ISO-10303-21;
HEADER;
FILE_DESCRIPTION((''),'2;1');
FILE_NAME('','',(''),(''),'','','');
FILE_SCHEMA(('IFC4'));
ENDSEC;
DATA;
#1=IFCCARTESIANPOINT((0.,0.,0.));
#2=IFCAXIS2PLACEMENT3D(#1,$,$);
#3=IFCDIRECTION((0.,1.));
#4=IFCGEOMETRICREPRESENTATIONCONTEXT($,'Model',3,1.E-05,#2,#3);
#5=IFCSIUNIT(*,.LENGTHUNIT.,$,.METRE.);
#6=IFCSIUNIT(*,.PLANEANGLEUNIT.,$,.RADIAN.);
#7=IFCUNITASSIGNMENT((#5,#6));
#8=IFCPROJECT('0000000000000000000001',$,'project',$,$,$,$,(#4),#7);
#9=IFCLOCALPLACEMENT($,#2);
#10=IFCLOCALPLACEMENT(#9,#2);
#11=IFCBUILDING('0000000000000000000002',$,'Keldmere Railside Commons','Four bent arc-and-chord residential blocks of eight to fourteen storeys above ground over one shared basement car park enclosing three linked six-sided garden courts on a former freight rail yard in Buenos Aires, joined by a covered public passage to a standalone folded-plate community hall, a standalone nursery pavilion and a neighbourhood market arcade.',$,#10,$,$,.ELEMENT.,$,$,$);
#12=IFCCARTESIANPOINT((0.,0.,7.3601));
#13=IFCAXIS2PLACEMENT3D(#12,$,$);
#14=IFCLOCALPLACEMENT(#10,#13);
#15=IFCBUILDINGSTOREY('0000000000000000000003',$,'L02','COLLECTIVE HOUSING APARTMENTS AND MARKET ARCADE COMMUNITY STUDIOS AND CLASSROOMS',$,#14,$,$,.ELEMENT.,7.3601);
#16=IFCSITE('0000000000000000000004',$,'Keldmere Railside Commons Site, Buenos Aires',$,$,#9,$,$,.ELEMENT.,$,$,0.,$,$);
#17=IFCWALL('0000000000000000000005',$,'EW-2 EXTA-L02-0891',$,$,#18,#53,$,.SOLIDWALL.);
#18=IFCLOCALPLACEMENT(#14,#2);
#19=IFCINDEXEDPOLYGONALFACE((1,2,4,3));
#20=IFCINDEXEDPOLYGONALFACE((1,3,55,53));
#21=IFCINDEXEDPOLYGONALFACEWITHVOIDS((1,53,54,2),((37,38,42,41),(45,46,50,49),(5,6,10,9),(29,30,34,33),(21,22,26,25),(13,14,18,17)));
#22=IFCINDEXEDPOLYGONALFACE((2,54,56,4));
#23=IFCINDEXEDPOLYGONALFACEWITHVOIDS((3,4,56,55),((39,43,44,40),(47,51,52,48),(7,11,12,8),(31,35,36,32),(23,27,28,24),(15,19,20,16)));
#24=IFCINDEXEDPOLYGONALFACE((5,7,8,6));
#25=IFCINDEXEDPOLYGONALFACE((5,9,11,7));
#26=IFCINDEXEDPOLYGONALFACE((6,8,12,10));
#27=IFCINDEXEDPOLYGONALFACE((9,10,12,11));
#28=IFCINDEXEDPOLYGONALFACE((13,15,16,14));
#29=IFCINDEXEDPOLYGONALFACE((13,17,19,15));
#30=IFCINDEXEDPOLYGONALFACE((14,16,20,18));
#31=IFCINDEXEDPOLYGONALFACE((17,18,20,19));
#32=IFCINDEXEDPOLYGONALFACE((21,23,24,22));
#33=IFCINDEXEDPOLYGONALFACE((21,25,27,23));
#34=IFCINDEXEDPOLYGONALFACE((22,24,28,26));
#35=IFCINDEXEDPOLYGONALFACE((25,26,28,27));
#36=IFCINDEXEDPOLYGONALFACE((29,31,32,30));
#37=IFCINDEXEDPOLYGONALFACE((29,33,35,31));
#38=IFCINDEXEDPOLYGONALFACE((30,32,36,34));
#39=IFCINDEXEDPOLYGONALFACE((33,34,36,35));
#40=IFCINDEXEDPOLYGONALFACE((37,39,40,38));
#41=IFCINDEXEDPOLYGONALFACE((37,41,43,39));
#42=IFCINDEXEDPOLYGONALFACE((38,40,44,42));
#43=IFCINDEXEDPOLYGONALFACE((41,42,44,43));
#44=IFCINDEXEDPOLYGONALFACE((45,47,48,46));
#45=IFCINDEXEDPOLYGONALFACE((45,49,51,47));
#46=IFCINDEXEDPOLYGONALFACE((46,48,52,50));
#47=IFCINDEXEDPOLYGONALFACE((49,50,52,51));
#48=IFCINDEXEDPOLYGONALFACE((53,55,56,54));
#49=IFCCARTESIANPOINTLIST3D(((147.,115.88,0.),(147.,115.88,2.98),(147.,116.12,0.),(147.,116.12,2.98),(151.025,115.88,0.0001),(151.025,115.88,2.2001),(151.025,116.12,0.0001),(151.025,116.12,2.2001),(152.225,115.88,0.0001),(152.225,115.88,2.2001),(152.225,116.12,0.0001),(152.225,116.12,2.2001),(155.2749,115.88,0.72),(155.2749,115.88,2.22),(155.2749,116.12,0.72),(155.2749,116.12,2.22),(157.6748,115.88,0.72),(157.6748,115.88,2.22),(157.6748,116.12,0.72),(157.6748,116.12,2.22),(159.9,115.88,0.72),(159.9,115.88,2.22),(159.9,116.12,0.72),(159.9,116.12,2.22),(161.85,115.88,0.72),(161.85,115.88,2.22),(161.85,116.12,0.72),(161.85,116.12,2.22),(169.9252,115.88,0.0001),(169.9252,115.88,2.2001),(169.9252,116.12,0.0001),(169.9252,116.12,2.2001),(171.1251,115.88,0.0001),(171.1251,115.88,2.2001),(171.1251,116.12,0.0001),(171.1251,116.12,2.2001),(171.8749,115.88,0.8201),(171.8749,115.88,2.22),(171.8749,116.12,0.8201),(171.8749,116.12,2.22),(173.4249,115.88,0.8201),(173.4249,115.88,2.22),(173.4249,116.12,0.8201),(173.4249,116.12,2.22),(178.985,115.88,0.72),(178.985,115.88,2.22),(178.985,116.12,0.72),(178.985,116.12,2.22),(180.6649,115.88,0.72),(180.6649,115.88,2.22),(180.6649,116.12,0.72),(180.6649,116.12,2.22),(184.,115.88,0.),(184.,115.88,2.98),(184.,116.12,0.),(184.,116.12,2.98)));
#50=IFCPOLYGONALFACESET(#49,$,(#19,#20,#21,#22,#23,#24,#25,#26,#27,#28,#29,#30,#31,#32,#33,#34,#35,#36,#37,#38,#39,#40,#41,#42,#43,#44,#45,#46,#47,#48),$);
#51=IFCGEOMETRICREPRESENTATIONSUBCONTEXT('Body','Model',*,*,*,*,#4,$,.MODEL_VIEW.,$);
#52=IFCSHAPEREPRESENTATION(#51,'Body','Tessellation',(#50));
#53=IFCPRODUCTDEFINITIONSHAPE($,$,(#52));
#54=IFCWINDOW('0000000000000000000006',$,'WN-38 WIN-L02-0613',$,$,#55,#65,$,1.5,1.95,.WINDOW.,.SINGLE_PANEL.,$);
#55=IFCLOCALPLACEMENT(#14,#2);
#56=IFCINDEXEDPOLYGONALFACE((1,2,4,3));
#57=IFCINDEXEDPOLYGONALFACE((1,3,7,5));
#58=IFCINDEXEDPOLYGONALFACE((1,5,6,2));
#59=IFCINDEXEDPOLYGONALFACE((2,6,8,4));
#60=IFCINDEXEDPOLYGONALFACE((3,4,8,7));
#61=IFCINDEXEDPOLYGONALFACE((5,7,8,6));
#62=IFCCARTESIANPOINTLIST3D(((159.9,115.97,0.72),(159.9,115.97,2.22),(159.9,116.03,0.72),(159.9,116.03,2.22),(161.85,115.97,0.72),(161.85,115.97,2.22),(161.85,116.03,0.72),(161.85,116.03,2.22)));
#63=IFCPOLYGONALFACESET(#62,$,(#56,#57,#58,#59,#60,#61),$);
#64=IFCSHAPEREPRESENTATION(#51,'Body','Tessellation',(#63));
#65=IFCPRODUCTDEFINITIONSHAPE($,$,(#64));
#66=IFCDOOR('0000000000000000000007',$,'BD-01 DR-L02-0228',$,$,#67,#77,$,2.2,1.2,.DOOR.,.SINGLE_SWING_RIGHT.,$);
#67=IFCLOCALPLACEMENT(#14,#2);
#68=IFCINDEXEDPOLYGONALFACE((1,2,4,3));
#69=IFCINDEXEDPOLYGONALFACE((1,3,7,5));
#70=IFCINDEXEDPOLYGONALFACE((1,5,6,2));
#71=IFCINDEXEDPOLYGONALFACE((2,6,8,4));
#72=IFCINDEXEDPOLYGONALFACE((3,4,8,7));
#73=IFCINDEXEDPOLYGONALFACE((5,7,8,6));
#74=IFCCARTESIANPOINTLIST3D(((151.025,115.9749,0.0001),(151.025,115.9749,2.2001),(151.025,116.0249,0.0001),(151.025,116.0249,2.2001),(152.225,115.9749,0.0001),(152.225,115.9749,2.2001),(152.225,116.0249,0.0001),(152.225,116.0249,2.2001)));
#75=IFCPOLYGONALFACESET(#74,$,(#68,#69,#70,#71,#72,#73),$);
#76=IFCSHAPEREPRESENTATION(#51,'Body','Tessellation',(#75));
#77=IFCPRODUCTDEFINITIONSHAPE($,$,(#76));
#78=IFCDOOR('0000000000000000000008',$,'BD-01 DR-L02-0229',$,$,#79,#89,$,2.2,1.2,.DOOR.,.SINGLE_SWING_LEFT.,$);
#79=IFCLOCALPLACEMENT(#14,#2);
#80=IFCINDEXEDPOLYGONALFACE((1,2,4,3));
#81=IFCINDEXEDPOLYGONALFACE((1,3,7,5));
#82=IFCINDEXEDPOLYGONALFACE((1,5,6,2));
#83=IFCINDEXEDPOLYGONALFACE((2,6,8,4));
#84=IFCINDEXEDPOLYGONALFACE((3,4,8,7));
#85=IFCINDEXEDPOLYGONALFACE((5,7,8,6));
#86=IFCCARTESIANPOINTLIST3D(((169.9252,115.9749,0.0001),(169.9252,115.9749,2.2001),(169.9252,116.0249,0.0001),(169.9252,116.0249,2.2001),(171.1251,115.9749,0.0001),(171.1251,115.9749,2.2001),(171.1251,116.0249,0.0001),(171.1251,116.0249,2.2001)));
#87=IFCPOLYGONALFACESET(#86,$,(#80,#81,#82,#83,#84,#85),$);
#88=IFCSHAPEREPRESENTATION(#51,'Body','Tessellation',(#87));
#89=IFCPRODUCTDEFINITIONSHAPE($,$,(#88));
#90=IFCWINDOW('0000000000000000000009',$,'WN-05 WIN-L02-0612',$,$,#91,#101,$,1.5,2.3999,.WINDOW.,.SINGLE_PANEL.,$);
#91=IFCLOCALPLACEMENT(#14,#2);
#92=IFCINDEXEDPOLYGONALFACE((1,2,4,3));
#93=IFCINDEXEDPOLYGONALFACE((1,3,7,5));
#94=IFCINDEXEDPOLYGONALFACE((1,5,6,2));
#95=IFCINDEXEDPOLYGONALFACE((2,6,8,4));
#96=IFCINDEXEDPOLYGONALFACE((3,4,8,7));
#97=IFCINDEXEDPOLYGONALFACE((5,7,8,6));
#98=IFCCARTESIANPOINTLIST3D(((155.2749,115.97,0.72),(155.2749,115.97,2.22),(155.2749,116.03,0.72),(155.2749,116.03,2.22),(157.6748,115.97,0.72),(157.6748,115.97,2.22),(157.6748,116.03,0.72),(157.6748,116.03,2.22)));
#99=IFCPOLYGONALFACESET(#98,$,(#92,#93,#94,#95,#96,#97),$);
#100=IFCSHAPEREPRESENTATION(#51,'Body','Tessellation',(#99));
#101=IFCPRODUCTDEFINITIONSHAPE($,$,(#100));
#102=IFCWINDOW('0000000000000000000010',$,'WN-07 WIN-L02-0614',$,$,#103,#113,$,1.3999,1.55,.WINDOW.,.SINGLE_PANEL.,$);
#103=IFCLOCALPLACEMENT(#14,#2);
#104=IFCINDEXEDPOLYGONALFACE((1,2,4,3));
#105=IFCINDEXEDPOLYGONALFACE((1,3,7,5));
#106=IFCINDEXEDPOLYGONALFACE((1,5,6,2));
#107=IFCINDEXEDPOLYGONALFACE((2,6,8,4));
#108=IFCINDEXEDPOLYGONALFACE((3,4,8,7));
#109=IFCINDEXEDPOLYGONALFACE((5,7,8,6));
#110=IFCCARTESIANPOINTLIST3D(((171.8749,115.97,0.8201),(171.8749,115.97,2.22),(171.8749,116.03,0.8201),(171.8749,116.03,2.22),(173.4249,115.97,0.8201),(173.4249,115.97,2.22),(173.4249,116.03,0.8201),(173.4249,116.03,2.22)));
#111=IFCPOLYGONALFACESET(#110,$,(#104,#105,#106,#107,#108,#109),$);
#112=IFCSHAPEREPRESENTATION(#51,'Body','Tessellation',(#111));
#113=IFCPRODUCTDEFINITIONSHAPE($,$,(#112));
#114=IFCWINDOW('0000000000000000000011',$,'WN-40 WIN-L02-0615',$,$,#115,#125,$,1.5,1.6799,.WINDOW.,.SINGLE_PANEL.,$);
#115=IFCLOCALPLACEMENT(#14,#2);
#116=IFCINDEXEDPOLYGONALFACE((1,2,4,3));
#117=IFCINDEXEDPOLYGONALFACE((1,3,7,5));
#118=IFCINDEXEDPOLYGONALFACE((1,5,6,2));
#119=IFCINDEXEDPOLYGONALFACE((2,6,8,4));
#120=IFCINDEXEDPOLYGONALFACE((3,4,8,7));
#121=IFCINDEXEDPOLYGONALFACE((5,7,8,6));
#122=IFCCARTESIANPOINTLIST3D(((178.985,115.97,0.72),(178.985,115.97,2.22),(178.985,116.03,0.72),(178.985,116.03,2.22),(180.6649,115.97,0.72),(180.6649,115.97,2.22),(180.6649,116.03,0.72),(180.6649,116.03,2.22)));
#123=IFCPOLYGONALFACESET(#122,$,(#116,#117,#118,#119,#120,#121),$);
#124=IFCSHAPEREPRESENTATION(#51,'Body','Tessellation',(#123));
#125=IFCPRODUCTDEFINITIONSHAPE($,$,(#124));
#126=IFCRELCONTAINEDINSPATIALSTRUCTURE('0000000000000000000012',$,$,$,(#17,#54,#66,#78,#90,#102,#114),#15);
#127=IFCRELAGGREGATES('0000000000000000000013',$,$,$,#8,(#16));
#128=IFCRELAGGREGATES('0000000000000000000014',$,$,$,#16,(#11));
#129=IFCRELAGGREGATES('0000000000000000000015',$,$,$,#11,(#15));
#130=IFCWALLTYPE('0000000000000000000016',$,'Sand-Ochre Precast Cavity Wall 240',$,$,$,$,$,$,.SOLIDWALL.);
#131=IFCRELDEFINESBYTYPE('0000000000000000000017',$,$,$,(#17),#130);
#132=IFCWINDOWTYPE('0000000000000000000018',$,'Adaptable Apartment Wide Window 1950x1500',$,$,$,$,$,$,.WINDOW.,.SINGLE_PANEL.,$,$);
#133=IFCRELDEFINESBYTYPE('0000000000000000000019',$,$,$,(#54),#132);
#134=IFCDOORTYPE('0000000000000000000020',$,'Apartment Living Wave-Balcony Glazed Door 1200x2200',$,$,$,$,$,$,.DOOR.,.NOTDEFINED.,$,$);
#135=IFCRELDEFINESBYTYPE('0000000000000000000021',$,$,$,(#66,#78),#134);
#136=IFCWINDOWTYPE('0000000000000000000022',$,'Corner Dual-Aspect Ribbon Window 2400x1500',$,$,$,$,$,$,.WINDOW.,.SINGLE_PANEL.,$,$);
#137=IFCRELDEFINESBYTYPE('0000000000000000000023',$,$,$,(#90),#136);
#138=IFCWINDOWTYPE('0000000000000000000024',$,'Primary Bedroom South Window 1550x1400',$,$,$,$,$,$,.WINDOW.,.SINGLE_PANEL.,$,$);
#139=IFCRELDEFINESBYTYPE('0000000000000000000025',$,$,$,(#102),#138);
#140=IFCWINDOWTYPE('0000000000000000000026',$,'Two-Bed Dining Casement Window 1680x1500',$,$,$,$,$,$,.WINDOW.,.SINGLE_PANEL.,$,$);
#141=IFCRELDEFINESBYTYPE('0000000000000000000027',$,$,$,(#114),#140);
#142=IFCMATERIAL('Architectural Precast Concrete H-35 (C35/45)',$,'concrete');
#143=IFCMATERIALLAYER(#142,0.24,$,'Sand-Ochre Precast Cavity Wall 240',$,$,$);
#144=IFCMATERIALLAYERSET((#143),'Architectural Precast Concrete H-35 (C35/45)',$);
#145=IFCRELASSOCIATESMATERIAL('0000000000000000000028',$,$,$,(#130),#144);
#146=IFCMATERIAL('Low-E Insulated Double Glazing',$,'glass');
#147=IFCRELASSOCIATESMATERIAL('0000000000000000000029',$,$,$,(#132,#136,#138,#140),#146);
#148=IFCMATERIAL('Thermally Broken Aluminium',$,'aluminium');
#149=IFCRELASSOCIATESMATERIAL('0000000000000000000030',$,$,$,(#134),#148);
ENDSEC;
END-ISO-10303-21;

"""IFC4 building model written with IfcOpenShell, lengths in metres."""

from ifc_helpers import new_model, si_unit, direction, frame, frame_2d, origin, place, context, subcontext, project, spatial, rectangle, extrude, material, layer, layer_set, type_object, element, fill, save


model = new_model("IFC4")

# Units and contexts
model_context = context("Model", 3, precision=1e-05, world=origin(), true_north=direction((0.0, 1.0)))
body_context = subcontext(model_context, "Body", "Model", "MODEL_VIEW")
ifc_project = project(units=[si_unit("LENGTHUNIT", "METRE"), si_unit("PLANEANGLEUNIT", "RADIAN")], contexts=[model_context])

# Site, building, storey
site_placement = place(None, origin())
site = spatial("IfcSite", under=ifc_project, at=site_placement, Name="Keldmere Railside Commons Site, Buenos Aires", CompositionType="ELEMENT", RefElevation=0.0)
building_placement = place(site_placement, origin())
building = spatial("IfcBuilding", under=site, at=building_placement, Name="Keldmere Railside Commons", Description="Four bent arc-and-chord residential blocks of eight to fourteen storeys above ground over one shared basement car park enclosing three linked six-sided garden courts on a former freight rail yard in Buenos Aires, joined by a covered public passage to a standalone folded-plate community hall, a standalone nursery pavilion and a neighbourhood market arcade.", CompositionType="ELEMENT")
storey_placement = place(building_placement, frame((0.0, 0.0, 7.3601)))
storey = spatial("IfcBuildingStorey", under=building, at=storey_placement, Name="L02", Description="COLLECTIVE HOUSING APARTMENTS AND MARKET ARCADE COMMUNITY STUDIOS AND CLASSROOMS", CompositionType="ELEMENT", Elevation=7.3601)

# Shared definitions
ifc_material_1 = material(Name="Architectural Precast Concrete H-35 (C35/45)", Category="concrete")

# Wall, openings, windows, doors
ifc_layer_1 = layer(ifc_material_1, 0.24, Name="Sand-Ochre Precast Cavity Wall 240")
ifc_layer_set_1 = layer_set([ifc_layer_1], Name="Architectural Precast Concrete H-35 (C35/45)")
wall_type_1 = type_object("IfcWallType", Name="Sand-Ochre Precast Cavity Wall 240", PredefinedType="SOLIDWALL", material=ifc_layer_set_1)
wall_1_placement = place(storey_placement, frame((147.0, 116.0, 0.0), z_axis=(0.0, 0.0, 1.0), x_axis=(1.0, 0.0, 0.0)))
wall_1 = element("IfcWall", 1, at=wall_1_placement, inside=storey, type_object=wall_type_1, Name="EW-2 EXTA-L02-0891", PredefinedType="SOLIDWALL", context=body_context, shape_type="SweptSolid", body=[
    extrude(rectangle(XDim=37.0, YDim=0.24, at=frame_2d((18.5, 0.0))), origin(), (0.0, 0.0, 1.0), 2.98),
])
opening_1_placement = place(wall_1_placement, frame((4.0249, 0.0, 0.0)))
opening_1 = element("IfcOpeningElement", 2, at=opening_1_placement, cuts=wall_1, PredefinedType="OPENING", context=body_context, shape_type="SweptSolid", body=[
    extrude(rectangle(XDim=1.2, YDim=2.2, at=frame_2d((0.6001, 1.1001))), frame((0.0, 0.1299, 0.0), z_axis=(0.0, -1.0, 0.0), x_axis=(1.0, 0.0, 0.0)), (0.0, 0.0, 1.0), 0.26),
])
opening_2_placement = place(wall_1_placement, frame((8.2749, 0.0, 0.72)))
opening_2 = element("IfcOpeningElement", 3, at=opening_2_placement, cuts=wall_1, PredefinedType="OPENING", context=body_context, shape_type="SweptSolid", body=[
    extrude(rectangle(XDim=2.3999, YDim=1.5, at=frame_2d((1.2, 0.75))), frame((0.0, 0.1299, 0.0), z_axis=(0.0, -1.0, 0.0), x_axis=(1.0, 0.0, 0.0)), (0.0, 0.0, 1.0), 0.26),
])
opening_3_placement = place(wall_1_placement, frame((12.8999, 0.0, 0.72)))
opening_3 = element("IfcOpeningElement", 4, at=opening_3_placement, cuts=wall_1, PredefinedType="OPENING", context=body_context, shape_type="SweptSolid", body=[
    extrude(rectangle(XDim=1.95, YDim=1.5, at=frame_2d((0.9751, 0.75))), frame((0.0, 0.1299, 0.0), z_axis=(0.0, -1.0, 0.0), x_axis=(1.0, 0.0, 0.0)), (0.0, 0.0, 1.0), 0.26),
])
opening_4_placement = place(wall_1_placement, frame((22.925, 0.0, 0.0)))
opening_4 = element("IfcOpeningElement", 5, at=opening_4_placement, cuts=wall_1, PredefinedType="OPENING", context=body_context, shape_type="SweptSolid", body=[
    extrude(rectangle(XDim=1.2, YDim=2.2, at=frame_2d((0.6001, 1.1001))), frame((0.0, 0.1299, 0.0), z_axis=(0.0, -1.0, 0.0), x_axis=(1.0, 0.0, 0.0)), (0.0, 0.0, 1.0), 0.26),
])
opening_5_placement = place(wall_1_placement, frame((24.875, 0.0, 0.8201)))
opening_5 = element("IfcOpeningElement", 6, at=opening_5_placement, cuts=wall_1, PredefinedType="OPENING", context=body_context, shape_type="SweptSolid", body=[
    extrude(rectangle(XDim=1.55, YDim=1.3999, at=frame_2d((0.7749, 0.7))), frame((0.0, 0.1299, 0.0), z_axis=(0.0, -1.0, 0.0), x_axis=(1.0, 0.0, 0.0)), (0.0, 0.0, 1.0), 0.26),
])
opening_6_placement = place(wall_1_placement, frame((31.9851, 0.0, 0.72)))
opening_6 = element("IfcOpeningElement", 7, at=opening_6_placement, cuts=wall_1, PredefinedType="OPENING", context=body_context, shape_type="SweptSolid", body=[
    extrude(rectangle(XDim=1.6799, YDim=1.5, at=frame_2d((0.8398, 0.75))), frame((0.0, 0.1299, 0.0), z_axis=(0.0, -1.0, 0.0), x_axis=(1.0, 0.0, 0.0)), (0.0, 0.0, 1.0), 0.26),
])
ifc_material_2 = material(Name="Low-E Insulated Double Glazing", Category="glass")
window_type_1 = type_object("IfcWindowType", Name="Adaptable Apartment Wide Window 1950x1500", PartitioningType="SINGLE_PANEL", PredefinedType="WINDOW", material=ifc_material_2)
window_1_placement = place(opening_3_placement, origin())
window_1 = element("IfcWindow", 8, at=window_1_placement, inside=storey, type_object=window_type_1, Name="WN-38 WIN-L02-0613", OverallHeight=1.5, OverallWidth=1.95, PartitioningType="SINGLE_PANEL", PredefinedType="WINDOW", context=body_context, shape_type="SweptSolid", body=[
    extrude(rectangle(XDim=1.95, YDim=1.5, at=frame_2d((0.9751, 0.75))), frame((0.0, 0.03, 0.0), z_axis=(0.0, -1.0, 0.0), x_axis=(1.0, 0.0, 0.0)), (0.0, 0.0, 1.0), 0.0601),
])
fill(opening_3, window_1)
ifc_material_3 = material(Name="Thermally Broken Aluminium", Category="aluminium")
door_type_1 = type_object("IfcDoorType", Name="Apartment Living Wave-Balcony Glazed Door 1200x2200", OperationType="NOTDEFINED", PredefinedType="DOOR", material=ifc_material_3)
door_1_placement = place(opening_1_placement, origin())
door_1 = element("IfcDoor", 9, at=door_1_placement, inside=storey, type_object=door_type_1, Name="BD-01 DR-L02-0228", OperationType="SINGLE_SWING_RIGHT", OverallHeight=2.2, OverallWidth=1.2, PredefinedType="DOOR", context=body_context, shape_type="SweptSolid", body=[
    extrude(rectangle(XDim=1.2, YDim=2.2, at=frame_2d((0.6001, 1.1001))), frame((0.0, 0.0249, 0.0), z_axis=(0.0, -1.0, 0.0), x_axis=(1.0, 0.0, 0.0)), (0.0, 0.0, 1.0), 0.05),
])
fill(opening_1, door_1)
door_2_placement = place(opening_4_placement, origin())
door_2 = element("IfcDoor", 10, at=door_2_placement, inside=storey, type_object=door_type_1, Name="BD-01 DR-L02-0229", OperationType="SINGLE_SWING_LEFT", OverallHeight=2.2, OverallWidth=1.2, PredefinedType="DOOR", context=body_context, shape_type="SweptSolid", body=[
    extrude(rectangle(XDim=1.2, YDim=2.2, at=frame_2d((0.6001, 1.1001))), frame((0.0, 0.0249, 0.0), z_axis=(0.0, -1.0, 0.0), x_axis=(1.0, 0.0, 0.0)), (0.0, 0.0, 1.0), 0.05),
])
fill(opening_4, door_2)
window_type_2 = type_object("IfcWindowType", Name="Corner Dual-Aspect Ribbon Window 2400x1500", PartitioningType="SINGLE_PANEL", PredefinedType="WINDOW", material=ifc_material_2)
window_2_placement = place(opening_2_placement, origin())
window_2 = element("IfcWindow", 11, at=window_2_placement, inside=storey, type_object=window_type_2, Name="WN-05 WIN-L02-0612", OverallHeight=1.5, OverallWidth=2.3999, PartitioningType="SINGLE_PANEL", PredefinedType="WINDOW", context=body_context, shape_type="SweptSolid", body=[
    extrude(rectangle(XDim=2.3999, YDim=1.5, at=frame_2d((1.2, 0.75))), frame((0.0, 0.03, 0.0), z_axis=(0.0, -1.0, 0.0), x_axis=(1.0, 0.0, 0.0)), (0.0, 0.0, 1.0), 0.0601),
])
fill(opening_2, window_2)
window_type_3 = type_object("IfcWindowType", Name="Primary Bedroom South Window 1550x1400", PartitioningType="SINGLE_PANEL", PredefinedType="WINDOW", material=ifc_material_2)
window_3_placement = place(opening_5_placement, origin())
window_3 = element("IfcWindow", 12, at=window_3_placement, inside=storey, type_object=window_type_3, Name="WN-07 WIN-L02-0614", OverallHeight=1.3999, OverallWidth=1.55, PartitioningType="SINGLE_PANEL", PredefinedType="WINDOW", context=body_context, shape_type="SweptSolid", body=[
    extrude(rectangle(XDim=1.55, YDim=1.3999, at=frame_2d((0.7749, 0.7))), frame((0.0, 0.03, 0.0), z_axis=(0.0, -1.0, 0.0), x_axis=(1.0, 0.0, 0.0)), (0.0, 0.0, 1.0), 0.0601),
])
fill(opening_5, window_3)
window_type_4 = type_object("IfcWindowType", Name="Two-Bed Dining Casement Window 1680x1500", PartitioningType="SINGLE_PANEL", PredefinedType="WINDOW", material=ifc_material_2)
window_4_placement = place(opening_6_placement, origin())
window_4 = element("IfcWindow", 13, at=window_4_placement, inside=storey, type_object=window_type_4, Name="WN-40 WIN-L02-0615", OverallHeight=1.5, OverallWidth=1.6799, PartitioningType="SINGLE_PANEL", PredefinedType="WINDOW", context=body_context, shape_type="SweptSolid", body=[
    extrude(rectangle(XDim=1.6799, YDim=1.5, at=frame_2d((0.8398, 0.75))), frame((0.0, 0.03, 0.0), z_axis=(0.0, -1.0, 0.0), x_axis=(1.0, 0.0, 0.0)), (0.0, 0.0, 1.0), 0.0601),
])
fill(opening_6, window_4)

save(model, "model.ifc")
